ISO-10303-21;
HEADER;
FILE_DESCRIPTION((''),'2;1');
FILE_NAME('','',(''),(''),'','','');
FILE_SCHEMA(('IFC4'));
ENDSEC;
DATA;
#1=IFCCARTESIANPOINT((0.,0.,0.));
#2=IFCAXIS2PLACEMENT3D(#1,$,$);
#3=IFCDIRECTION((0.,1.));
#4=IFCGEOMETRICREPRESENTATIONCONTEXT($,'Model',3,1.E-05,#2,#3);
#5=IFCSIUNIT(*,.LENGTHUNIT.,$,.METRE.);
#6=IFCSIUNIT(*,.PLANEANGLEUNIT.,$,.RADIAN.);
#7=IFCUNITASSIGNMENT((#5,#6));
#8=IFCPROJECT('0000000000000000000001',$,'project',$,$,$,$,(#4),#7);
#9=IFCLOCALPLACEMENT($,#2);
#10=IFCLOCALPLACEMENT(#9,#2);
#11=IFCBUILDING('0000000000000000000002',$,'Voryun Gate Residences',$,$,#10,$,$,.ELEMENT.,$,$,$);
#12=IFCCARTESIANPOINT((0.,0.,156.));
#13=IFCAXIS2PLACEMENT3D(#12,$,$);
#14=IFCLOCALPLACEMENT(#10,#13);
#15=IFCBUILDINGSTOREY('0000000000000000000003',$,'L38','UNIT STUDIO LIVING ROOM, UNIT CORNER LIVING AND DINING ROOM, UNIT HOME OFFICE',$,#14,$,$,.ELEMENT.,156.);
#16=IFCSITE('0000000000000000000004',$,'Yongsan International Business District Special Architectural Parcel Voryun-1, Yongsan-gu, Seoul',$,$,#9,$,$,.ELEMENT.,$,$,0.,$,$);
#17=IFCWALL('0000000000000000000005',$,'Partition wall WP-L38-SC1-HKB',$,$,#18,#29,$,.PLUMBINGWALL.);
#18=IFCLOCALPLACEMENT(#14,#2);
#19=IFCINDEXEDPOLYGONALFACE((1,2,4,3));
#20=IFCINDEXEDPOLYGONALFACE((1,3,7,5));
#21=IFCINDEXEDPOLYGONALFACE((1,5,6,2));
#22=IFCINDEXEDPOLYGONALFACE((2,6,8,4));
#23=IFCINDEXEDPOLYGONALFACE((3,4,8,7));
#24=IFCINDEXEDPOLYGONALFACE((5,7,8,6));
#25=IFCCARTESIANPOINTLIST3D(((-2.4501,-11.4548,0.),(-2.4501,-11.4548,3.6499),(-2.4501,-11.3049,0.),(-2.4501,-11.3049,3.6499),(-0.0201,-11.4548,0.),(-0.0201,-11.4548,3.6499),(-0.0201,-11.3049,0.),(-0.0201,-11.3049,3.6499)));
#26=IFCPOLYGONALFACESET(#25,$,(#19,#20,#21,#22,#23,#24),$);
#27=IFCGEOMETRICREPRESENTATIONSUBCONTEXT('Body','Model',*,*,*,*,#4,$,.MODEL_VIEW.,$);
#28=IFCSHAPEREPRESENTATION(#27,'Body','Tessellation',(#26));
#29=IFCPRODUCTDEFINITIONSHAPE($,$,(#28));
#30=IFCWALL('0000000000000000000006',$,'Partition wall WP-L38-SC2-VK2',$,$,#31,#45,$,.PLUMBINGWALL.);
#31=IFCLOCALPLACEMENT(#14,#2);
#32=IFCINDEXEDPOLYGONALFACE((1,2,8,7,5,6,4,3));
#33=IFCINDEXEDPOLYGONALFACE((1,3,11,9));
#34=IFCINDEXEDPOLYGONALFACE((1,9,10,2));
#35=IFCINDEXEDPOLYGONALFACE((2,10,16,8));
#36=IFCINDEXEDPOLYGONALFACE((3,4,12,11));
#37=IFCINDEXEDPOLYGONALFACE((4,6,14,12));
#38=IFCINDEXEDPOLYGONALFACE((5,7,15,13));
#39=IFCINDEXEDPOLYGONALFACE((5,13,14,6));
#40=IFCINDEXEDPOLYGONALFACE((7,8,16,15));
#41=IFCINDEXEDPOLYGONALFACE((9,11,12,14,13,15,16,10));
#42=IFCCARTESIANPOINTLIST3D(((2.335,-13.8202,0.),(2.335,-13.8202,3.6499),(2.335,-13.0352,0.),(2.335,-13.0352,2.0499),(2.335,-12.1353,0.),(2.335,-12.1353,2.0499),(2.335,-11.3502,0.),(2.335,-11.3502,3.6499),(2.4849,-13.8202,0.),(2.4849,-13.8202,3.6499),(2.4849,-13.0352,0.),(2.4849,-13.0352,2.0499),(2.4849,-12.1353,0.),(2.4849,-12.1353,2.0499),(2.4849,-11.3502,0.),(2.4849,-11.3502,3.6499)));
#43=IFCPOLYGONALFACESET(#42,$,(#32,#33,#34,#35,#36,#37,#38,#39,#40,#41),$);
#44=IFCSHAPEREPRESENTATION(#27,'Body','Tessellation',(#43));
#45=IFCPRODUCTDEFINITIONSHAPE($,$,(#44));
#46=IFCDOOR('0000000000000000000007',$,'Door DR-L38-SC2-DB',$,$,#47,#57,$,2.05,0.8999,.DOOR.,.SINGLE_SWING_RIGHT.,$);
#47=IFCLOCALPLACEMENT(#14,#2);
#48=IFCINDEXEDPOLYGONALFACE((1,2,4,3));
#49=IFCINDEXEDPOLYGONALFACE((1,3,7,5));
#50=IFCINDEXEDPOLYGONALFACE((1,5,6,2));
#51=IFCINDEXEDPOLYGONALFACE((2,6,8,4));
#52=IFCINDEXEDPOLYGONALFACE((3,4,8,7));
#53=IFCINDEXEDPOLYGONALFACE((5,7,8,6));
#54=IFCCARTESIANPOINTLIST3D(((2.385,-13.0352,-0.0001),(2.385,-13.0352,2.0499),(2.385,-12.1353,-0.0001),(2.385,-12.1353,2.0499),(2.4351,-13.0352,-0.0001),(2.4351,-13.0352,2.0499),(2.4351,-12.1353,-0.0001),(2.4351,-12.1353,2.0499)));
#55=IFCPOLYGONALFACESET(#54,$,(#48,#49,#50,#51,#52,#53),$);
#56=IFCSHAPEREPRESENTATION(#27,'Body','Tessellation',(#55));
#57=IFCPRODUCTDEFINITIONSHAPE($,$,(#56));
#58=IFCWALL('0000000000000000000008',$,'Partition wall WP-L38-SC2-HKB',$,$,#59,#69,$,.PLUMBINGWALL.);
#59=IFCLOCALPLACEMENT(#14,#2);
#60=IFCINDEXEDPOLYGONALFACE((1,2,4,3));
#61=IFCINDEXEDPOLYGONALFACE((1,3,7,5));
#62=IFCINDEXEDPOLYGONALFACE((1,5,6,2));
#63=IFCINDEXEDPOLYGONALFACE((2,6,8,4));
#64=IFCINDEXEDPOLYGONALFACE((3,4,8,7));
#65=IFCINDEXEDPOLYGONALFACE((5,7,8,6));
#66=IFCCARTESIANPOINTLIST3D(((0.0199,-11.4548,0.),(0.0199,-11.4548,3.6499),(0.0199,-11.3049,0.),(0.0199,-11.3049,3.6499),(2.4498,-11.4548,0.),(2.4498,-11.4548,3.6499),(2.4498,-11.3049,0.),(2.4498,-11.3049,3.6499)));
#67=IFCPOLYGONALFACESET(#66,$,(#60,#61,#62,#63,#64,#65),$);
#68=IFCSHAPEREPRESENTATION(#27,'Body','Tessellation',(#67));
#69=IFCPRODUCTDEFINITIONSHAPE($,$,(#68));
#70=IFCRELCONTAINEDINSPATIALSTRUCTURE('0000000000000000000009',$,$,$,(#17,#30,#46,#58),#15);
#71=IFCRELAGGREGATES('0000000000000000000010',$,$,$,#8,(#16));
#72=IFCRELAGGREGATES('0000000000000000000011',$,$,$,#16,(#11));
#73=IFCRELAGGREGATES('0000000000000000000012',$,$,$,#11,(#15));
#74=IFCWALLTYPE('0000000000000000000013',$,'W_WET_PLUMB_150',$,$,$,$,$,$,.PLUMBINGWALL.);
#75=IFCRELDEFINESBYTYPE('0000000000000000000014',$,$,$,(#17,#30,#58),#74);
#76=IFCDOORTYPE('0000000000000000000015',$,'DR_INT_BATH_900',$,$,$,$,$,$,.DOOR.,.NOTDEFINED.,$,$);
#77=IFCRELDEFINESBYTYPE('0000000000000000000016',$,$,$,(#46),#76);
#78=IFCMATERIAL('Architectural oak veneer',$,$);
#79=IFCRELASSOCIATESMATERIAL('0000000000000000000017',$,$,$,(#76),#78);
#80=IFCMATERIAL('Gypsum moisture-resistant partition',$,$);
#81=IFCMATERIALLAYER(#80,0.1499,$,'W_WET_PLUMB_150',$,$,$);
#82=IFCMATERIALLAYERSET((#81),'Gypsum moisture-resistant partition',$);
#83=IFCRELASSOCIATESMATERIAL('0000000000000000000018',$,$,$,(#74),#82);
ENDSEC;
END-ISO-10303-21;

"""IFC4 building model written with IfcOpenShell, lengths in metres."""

from ifc_helpers import new_model, si_unit, direction, frame, frame_2d, origin, place, context, subcontext, project, spatial, rectangle, extrude, material, layer, layer_set, type_object, element, fill, save


model = new_model("IFC4")

# Units and contexts
model_context = context("Model", 3, precision=1e-05, world=origin(), true_north=direction((0.0, 1.0)))
body_context = subcontext(model_context, "Body", "Model", "MODEL_VIEW")
ifc_project = project(units=[si_unit("LENGTHUNIT", "METRE"), si_unit("PLANEANGLEUNIT", "RADIAN")], contexts=[model_context])

# Site, building, storey
site_placement = place(None, origin())
site = spatial("IfcSite", under=ifc_project, at=site_placement, Name="Yongsan International Business District Special Architectural Parcel Voryun-1, Yongsan-gu, Seoul", CompositionType="ELEMENT", RefElevation=0.0)
building_placement = place(site_placement, origin())
building = spatial("IfcBuilding", under=site, at=building_placement, Name="Voryun Gate Residences", CompositionType="ELEMENT")
storey_placement = place(building_placement, frame((0.0, 0.0, 156.0)))
storey = spatial("IfcBuildingStorey", under=building, at=storey_placement, Name="L38", Description="UNIT STUDIO LIVING ROOM, UNIT CORNER LIVING AND DINING ROOM, UNIT HOME OFFICE", CompositionType="ELEMENT", Elevation=156.0)

# Shared definitions
ifc_material_1 = material(Name="Architectural oak veneer")
door_type_1 = type_object("IfcDoorType", Name="DR_INT_BATH_900", OperationType="NOTDEFINED", PredefinedType="DOOR", material=ifc_material_1)

# Shared definitions
ifc_material_2 = material(Name="Gypsum moisture-resistant partition")
ifc_layer_1 = layer(ifc_material_2, 0.1499, Name="W_WET_PLUMB_150")
ifc_layer_set_1 = layer_set([ifc_layer_1], Name="Gypsum moisture-resistant partition")
wall_type_1 = type_object("IfcWallType", Name="W_WET_PLUMB_150", PredefinedType="PLUMBINGWALL", material=ifc_layer_set_1)

# Wall
wall_1_placement = place(storey_placement, frame((-2.45, -11.3799, 0.0), z_axis=(0.0, 0.0, 1.0), x_axis=(1.0, 0.0, 0.0)))
element("IfcWall", 1, at=wall_1_placement, inside=storey, type_object=wall_type_1, Name="Partition wall WP-L38-SC1-HKB", PredefinedType="PLUMBINGWALL", context=body_context, shape_type="SweptSolid", body=[
    extrude(rectangle(XDim=2.4299, YDim=0.1499, at=frame_2d((1.2148, 0.0))), origin(), (0.0, 0.0, 1.0), 3.6499),
])

# Wall, opening, door
wall_2_placement = place(storey_placement, frame((2.4099, -13.8201, 0.0), z_axis=(0.0, 0.0, 1.0), x_axis=(0.0, 1.0, 0.0)))
wall_2 = element("IfcWall", 2, at=wall_2_placement, inside=storey, type_object=wall_type_1, Name="Partition wall WP-L38-SC2-VK2", PredefinedType="PLUMBINGWALL", context=body_context, shape_type="SweptSolid", body=[
    extrude(rectangle(XDim=2.47, YDim=0.1499, at=frame_2d((1.2349, 0.0))), origin(), (0.0, 0.0, 1.0), 3.6499),
])
opening_1_placement = place(wall_2_placement, frame((0.7849, 0.0, 0.0)))
opening_1 = element("IfcOpeningElement", 3, at=opening_1_placement, cuts=wall_2, PredefinedType="OPENING", context=body_context, shape_type="SweptSolid", body=[
    extrude(rectangle(XDim=0.8999, YDim=2.05, at=frame_2d((0.45, 1.0249))), frame((0.0, 0.085, 0.0), z_axis=(0.0, -1.0, 0.0), x_axis=(1.0, 0.0, 0.0)), (0.0, 0.0, 1.0), 0.1699),
])
door_1_placement = place(opening_1_placement, origin())
door_1 = element("IfcDoor", 4, at=door_1_placement, inside=storey, type_object=door_type_1, Name="Door DR-L38-SC2-DB", OperationType="SINGLE_SWING_RIGHT", OverallHeight=2.05, OverallWidth=0.8999, PredefinedType="DOOR", context=body_context, shape_type="SweptSolid", body=[
    extrude(rectangle(XDim=0.8999, YDim=2.05, at=frame_2d((0.45, 1.0249))), frame((0.0, 0.0249, 0.0), z_axis=(0.0, -1.0, 0.0), x_axis=(1.0, 0.0, 0.0)), (0.0, 0.0, 1.0), 0.05),
])
fill(opening_1, door_1)

# Wall
wall_3_placement = place(storey_placement, frame((0.02, -11.3799, 0.0), z_axis=(0.0, 0.0, 1.0), x_axis=(1.0, 0.0, 0.0)))
element("IfcWall", 5, at=wall_3_placement, inside=storey, type_object=wall_type_1, Name="Partition wall WP-L38-SC2-HKB", PredefinedType="PLUMBINGWALL", context=body_context, shape_type="SweptSolid", body=[
    extrude(rectangle(XDim=2.4299, YDim=0.1499, at=frame_2d((1.2148, 0.0))), origin(), (0.0, 0.0, 1.0), 3.6499),
])

save(model, "model.ifc")
